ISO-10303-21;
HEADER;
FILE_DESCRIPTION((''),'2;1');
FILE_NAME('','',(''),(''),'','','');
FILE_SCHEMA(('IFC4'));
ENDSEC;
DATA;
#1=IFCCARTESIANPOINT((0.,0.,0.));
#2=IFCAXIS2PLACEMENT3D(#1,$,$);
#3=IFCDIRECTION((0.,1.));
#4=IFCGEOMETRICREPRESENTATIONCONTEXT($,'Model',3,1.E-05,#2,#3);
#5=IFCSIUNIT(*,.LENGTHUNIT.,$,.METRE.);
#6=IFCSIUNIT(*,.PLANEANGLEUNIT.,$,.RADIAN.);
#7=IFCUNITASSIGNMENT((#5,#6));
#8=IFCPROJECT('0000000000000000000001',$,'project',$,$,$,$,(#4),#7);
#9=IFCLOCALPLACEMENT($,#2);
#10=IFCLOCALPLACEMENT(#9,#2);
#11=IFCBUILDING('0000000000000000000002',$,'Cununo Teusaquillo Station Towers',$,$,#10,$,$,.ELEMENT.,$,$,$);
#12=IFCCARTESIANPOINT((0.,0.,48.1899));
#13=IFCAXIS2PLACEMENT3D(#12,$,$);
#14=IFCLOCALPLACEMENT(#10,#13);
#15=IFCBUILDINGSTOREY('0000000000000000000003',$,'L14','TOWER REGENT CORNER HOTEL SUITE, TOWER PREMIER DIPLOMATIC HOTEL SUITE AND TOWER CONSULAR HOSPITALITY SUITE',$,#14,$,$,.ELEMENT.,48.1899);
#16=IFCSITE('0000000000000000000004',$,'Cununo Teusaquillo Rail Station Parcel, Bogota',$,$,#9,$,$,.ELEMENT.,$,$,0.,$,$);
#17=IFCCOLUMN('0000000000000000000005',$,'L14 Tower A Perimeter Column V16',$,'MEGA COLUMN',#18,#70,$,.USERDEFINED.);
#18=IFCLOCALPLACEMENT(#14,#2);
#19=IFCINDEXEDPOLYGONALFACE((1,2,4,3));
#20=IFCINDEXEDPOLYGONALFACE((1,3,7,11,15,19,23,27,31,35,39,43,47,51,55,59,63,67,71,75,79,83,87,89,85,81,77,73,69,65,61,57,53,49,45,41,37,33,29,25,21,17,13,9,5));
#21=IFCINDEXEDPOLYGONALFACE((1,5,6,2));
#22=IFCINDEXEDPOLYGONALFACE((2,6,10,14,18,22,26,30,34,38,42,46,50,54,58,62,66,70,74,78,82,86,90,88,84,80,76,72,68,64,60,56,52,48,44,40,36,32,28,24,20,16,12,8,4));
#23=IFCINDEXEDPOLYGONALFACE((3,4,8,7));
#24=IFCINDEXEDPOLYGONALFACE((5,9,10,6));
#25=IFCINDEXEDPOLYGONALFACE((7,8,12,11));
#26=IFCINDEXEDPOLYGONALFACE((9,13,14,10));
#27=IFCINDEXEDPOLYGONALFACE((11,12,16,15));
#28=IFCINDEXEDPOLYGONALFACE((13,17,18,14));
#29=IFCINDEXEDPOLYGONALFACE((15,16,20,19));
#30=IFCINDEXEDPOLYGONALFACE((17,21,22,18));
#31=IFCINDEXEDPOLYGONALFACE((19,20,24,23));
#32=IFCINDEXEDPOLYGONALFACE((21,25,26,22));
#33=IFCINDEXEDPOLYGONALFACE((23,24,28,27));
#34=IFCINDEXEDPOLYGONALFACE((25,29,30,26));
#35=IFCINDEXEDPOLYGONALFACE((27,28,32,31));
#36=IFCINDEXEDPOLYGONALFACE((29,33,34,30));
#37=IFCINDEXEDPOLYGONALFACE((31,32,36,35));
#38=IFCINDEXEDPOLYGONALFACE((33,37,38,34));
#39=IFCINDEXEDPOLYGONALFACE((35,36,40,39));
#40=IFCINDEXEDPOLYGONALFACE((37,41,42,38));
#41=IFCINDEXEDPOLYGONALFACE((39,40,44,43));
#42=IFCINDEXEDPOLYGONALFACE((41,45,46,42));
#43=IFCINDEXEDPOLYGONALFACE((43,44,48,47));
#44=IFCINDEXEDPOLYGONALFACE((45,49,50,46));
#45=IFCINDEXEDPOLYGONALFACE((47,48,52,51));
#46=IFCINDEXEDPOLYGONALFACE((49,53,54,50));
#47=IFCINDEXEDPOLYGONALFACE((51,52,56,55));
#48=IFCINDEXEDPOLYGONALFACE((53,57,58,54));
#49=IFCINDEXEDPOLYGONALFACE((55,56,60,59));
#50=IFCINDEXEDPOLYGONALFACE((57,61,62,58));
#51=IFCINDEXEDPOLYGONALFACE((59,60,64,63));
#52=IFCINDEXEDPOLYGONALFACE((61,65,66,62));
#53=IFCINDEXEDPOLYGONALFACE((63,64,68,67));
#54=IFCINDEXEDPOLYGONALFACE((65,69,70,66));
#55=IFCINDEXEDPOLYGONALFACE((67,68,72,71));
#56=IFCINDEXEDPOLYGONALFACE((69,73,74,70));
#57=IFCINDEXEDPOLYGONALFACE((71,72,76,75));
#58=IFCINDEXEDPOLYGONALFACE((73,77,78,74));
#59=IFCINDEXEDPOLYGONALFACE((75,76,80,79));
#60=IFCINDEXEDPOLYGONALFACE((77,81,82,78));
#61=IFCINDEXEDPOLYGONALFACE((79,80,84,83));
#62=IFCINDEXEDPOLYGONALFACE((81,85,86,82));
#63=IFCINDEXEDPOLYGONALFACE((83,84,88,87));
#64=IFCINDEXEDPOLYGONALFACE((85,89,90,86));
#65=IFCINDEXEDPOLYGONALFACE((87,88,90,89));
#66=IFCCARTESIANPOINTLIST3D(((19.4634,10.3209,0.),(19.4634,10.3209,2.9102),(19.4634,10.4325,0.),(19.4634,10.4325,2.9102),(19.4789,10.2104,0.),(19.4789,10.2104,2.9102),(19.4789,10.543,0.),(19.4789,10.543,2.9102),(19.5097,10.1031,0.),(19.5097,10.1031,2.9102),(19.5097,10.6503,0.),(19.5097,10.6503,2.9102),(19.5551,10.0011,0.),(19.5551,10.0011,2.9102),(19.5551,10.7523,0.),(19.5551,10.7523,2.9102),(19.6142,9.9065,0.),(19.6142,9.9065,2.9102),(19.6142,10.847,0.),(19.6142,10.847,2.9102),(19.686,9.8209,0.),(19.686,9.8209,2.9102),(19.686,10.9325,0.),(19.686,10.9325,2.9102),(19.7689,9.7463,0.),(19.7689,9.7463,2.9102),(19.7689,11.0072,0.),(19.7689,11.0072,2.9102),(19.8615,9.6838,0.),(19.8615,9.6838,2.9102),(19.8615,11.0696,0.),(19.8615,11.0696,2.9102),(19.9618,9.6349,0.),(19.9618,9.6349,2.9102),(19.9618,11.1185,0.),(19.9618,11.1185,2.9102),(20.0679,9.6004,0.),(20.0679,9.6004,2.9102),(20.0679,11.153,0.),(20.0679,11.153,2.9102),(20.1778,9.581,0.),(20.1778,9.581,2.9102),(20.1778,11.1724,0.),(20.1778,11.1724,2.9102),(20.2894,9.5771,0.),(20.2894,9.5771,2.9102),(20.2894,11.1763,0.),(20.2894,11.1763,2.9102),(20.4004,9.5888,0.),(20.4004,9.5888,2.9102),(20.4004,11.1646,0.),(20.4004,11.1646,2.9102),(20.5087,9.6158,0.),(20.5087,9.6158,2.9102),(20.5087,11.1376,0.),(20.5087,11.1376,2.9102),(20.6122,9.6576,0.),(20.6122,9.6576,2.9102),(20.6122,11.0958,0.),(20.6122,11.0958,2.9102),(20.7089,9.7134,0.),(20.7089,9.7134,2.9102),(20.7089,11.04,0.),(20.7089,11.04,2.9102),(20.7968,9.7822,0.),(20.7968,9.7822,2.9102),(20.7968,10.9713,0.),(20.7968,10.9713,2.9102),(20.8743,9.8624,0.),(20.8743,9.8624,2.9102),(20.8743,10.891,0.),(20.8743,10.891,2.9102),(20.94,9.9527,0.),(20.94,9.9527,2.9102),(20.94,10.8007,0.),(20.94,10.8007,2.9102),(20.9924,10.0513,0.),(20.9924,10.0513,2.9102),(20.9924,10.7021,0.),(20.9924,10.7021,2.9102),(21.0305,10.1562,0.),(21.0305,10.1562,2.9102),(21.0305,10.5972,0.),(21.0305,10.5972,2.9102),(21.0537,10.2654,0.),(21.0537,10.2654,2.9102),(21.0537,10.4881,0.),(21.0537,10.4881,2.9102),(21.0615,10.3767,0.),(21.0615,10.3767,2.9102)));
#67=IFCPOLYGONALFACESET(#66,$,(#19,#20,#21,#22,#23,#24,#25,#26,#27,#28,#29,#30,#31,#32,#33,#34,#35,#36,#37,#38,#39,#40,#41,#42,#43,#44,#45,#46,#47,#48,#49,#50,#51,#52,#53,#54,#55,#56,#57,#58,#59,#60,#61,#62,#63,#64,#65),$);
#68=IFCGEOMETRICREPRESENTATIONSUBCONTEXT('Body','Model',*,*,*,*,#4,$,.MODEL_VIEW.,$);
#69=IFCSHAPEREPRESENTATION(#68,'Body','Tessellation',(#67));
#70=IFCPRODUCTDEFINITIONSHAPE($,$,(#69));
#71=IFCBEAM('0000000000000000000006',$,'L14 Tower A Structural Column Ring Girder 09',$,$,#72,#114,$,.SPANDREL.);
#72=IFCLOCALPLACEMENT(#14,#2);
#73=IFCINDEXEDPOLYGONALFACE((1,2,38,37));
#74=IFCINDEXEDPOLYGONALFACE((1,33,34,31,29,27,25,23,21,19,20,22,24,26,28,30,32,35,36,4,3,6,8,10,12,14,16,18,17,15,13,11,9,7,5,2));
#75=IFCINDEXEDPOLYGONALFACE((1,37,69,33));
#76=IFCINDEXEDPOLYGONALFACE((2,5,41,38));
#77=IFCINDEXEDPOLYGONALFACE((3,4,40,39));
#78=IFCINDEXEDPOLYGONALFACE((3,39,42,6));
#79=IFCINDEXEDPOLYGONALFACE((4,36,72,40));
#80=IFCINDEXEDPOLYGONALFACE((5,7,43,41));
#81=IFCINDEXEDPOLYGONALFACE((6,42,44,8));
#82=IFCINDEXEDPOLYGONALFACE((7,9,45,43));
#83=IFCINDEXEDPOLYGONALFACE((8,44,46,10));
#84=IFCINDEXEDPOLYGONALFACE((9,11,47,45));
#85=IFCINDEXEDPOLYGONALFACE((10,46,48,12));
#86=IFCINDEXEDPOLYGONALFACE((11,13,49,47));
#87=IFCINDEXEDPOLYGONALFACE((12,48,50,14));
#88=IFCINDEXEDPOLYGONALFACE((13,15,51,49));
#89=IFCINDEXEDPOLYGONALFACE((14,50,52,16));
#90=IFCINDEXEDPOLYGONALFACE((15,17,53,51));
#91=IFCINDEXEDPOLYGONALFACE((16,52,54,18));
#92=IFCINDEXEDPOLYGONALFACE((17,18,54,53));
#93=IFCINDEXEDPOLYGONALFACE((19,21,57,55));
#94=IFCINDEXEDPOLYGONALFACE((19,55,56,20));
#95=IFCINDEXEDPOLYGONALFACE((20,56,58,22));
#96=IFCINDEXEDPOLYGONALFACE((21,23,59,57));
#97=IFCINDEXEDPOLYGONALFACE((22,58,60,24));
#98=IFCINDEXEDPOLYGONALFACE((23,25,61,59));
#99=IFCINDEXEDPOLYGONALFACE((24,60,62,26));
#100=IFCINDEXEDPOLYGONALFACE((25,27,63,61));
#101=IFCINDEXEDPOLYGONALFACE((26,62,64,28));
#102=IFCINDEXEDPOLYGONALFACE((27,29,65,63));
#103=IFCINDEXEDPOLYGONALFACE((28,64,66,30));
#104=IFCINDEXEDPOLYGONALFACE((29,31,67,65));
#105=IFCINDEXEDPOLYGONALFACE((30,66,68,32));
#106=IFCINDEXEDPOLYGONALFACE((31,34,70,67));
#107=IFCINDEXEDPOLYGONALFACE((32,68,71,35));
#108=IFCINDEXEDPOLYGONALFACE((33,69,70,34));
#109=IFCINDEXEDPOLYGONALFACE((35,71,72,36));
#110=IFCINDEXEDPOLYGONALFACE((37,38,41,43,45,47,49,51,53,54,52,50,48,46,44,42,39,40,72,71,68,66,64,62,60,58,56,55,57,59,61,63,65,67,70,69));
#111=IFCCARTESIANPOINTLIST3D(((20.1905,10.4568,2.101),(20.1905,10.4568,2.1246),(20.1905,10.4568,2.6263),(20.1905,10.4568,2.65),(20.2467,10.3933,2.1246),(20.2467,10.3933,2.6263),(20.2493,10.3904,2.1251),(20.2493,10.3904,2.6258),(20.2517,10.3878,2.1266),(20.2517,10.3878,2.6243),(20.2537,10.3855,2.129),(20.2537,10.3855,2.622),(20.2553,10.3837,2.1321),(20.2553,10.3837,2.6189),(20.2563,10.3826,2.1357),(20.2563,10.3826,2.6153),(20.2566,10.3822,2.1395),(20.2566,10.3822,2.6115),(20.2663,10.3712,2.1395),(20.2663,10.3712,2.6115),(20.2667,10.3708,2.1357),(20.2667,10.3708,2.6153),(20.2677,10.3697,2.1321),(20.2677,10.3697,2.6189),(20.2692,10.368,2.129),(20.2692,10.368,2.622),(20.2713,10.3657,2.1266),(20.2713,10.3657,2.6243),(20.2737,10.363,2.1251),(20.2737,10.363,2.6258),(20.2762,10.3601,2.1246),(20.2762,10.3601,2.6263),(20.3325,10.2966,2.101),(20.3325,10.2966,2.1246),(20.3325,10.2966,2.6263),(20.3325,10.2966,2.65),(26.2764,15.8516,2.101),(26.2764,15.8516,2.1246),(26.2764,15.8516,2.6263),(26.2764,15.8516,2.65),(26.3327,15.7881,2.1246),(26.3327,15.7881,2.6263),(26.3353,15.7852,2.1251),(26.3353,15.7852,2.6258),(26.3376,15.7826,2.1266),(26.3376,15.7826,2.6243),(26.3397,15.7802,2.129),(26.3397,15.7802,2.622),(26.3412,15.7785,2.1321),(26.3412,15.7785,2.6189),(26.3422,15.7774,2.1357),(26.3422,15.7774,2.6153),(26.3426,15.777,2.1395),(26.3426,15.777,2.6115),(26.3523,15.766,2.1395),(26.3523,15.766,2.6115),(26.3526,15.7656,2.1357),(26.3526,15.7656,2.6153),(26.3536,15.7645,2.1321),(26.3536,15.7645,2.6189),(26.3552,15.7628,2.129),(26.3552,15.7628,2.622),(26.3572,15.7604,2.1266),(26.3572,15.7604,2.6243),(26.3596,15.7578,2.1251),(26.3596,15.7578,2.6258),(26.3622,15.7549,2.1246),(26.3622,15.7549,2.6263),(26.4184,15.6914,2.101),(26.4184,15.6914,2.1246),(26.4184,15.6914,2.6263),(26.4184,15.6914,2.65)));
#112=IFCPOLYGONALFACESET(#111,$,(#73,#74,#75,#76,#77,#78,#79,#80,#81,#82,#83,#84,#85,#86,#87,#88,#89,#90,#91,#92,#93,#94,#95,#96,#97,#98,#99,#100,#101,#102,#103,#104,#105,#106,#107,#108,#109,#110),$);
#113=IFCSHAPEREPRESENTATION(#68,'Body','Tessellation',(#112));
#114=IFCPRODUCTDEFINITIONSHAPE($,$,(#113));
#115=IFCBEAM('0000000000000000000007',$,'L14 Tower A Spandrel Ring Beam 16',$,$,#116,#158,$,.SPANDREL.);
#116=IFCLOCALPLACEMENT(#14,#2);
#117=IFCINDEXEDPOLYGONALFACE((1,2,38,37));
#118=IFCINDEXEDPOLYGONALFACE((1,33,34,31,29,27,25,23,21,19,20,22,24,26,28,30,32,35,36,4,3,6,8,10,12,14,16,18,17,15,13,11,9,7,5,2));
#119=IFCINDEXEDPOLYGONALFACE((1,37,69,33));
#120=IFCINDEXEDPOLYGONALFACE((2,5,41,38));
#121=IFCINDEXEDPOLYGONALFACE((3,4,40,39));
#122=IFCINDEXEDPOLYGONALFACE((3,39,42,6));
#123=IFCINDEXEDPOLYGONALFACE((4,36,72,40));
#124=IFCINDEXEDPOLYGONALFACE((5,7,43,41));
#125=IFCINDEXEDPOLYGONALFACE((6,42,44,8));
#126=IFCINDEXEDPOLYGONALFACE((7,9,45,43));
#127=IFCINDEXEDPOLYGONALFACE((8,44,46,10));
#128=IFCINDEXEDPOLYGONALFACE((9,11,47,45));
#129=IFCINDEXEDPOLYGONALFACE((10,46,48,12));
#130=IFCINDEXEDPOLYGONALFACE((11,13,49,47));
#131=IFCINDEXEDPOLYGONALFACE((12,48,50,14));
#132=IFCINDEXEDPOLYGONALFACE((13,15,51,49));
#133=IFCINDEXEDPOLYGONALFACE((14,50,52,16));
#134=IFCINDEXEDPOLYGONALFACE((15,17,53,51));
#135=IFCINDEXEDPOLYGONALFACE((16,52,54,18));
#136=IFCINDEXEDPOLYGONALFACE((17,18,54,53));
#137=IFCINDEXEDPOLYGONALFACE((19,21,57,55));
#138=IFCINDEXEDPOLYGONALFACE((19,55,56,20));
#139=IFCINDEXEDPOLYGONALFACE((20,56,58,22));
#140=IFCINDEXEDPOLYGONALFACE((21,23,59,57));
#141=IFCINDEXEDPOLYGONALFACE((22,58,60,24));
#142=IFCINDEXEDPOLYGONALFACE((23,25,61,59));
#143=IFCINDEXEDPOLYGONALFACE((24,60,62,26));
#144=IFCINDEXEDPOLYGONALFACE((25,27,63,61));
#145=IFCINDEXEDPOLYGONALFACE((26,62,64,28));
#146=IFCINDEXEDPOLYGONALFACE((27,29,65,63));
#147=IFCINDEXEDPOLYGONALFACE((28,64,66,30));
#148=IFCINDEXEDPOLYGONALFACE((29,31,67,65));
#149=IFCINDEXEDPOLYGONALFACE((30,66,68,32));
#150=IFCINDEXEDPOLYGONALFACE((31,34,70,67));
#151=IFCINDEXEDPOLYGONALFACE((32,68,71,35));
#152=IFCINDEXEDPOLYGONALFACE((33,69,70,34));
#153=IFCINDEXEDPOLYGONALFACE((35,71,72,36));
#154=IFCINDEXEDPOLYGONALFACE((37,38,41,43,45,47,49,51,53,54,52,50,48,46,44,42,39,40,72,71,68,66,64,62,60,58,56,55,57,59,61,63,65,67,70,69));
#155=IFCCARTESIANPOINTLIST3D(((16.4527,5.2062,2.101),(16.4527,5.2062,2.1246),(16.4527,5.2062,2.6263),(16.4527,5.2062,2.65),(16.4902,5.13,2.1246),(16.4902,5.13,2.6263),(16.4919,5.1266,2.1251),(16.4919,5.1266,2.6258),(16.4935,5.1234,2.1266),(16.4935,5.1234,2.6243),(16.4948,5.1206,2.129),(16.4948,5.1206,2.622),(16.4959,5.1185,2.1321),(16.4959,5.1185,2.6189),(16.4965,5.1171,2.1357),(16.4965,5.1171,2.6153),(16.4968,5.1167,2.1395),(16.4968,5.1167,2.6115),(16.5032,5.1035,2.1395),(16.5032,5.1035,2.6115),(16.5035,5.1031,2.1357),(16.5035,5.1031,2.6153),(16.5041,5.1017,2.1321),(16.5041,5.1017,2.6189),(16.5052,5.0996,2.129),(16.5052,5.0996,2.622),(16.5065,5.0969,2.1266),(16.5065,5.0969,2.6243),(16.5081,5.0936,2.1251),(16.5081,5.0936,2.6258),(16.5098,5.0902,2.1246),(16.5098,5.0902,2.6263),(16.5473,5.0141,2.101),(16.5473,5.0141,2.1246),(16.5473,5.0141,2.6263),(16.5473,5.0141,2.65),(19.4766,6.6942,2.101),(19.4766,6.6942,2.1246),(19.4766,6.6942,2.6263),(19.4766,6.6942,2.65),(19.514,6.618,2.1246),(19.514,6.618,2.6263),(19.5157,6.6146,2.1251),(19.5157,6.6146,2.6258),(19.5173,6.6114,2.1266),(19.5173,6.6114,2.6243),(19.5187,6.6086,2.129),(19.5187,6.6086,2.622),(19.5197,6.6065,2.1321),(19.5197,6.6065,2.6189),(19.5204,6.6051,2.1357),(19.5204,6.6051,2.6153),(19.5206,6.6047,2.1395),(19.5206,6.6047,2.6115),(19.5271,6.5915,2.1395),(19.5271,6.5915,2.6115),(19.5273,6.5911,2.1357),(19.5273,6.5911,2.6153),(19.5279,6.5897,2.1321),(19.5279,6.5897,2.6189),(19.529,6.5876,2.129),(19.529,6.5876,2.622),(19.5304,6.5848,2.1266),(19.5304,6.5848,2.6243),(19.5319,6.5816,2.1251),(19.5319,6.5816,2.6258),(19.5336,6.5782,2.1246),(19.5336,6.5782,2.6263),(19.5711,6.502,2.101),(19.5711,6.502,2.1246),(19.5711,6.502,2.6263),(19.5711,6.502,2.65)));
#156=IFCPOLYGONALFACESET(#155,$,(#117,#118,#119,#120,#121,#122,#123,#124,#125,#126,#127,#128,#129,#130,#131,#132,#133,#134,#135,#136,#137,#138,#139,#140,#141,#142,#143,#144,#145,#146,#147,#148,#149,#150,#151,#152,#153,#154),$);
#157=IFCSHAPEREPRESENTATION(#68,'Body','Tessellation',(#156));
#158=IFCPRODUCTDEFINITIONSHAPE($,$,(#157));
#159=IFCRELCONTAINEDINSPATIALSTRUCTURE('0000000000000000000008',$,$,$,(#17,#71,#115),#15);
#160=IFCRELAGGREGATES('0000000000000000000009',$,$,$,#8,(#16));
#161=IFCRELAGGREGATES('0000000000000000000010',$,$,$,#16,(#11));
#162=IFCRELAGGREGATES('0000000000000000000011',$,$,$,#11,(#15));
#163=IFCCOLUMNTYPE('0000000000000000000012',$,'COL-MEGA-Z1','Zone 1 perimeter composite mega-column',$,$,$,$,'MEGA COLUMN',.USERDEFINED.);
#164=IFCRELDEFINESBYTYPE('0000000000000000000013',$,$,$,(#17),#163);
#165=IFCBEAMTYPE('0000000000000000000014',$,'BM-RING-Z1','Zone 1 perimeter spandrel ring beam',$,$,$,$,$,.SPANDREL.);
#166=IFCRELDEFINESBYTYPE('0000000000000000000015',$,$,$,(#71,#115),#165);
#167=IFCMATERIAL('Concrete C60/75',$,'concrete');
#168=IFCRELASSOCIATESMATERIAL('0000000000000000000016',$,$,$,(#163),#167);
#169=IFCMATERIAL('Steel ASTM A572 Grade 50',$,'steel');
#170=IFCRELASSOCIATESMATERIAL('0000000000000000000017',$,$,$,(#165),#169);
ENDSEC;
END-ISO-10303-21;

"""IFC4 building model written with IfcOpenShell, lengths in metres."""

from ifc_helpers import new_model, si_unit, direction, frame, origin, origin_2d, place, context, subcontext, project, spatial, circle, i_section, extrude, material, material_profile, profile_set, type_object, element, save


model = new_model("IFC4")

# Units and contexts
model_context = context("Model", 3, precision=1e-05, world=origin(), true_north=direction((0.0, 1.0)))
body_context = subcontext(model_context, "Body", "Model", "MODEL_VIEW")
ifc_project = project(units=[si_unit("LENGTHUNIT", "METRE"), si_unit("PLANEANGLEUNIT", "RADIAN")], contexts=[model_context])

# Site, building, storey
site_placement = place(None, origin())
site = spatial("IfcSite", under=ifc_project, at=site_placement, Name="Cununo Teusaquillo Rail Station Parcel, Bogota", CompositionType="ELEMENT", RefElevation=0.0)
building_placement = place(site_placement, origin())
building = spatial("IfcBuilding", under=site, at=building_placement, Name="Cununo Teusaquillo Station Towers", CompositionType="ELEMENT")
storey_placement = place(building_placement, frame((0.0, 0.0, 48.1899)))
storey = spatial("IfcBuildingStorey", under=building, at=storey_placement, Name="L14", Description="TOWER REGENT CORNER HOTEL SUITE, TOWER PREMIER DIPLOMATIC HOTEL SUITE AND TOWER CONSULAR HOSPITALITY SUITE", CompositionType="ELEMENT", Elevation=48.1899)

# Column
ifc_material_1 = material(Name="Concrete C60/75", Category="concrete")
ifc_material_profile_1 = material_profile(ifc_material_1, circle(Radius=0.8, at=origin_2d()), Name="RC-CIRC-1600")
ifc_profile_set_1 = profile_set([ifc_material_profile_1], Name="Concrete C60/75")
column_type = type_object("IfcColumnType", Name="COL-MEGA-Z1", Description="Zone 1 perimeter composite mega-column", ElementType="MEGA COLUMN", PredefinedType="USERDEFINED", material=ifc_profile_set_1)
column_placement = place(storey_placement, frame((20.2615, 10.3767, 0.0), z_axis=(0.0, 0.0, 1.0), x_axis=(1.0, 0.0, 0.0)))
element("IfcColumn", 1, at=column_placement, inside=storey, type_object=column_type, Name="L14 Tower A Perimeter Column V16", ObjectType="MEGA COLUMN", PredefinedType="USERDEFINED", context=body_context, shape_type="SweptSolid", body=[
    extrude(circle(Radius=0.8, at=origin_2d()), origin(), (0.0, 0.0, 1.0), 2.9102),
])

# Beams
ifc_material_2 = material(Name="Steel ASTM A572 Grade 50", Category="steel")
ifc_material_profile_2 = material_profile(ifc_material_2, i_section(OverallWidth=0.2141, OverallDepth=0.5491, WebThickness=0.0146, FlangeThickness=0.0237, FilletRadius=0.0149, at=origin_2d()), Name="W21X93")
ifc_profile_set_2 = profile_set([ifc_material_profile_2], Name="Steel ASTM A572 Grade 50")
beam_type_1 = type_object("IfcBeamType", Name="BM-RING-Z1", Description="Zone 1 perimeter spandrel ring beam", PredefinedType="SPANDREL", material=ifc_profile_set_2)
beam_1_placement = place(storey_placement, frame((20.2615, 10.3767, 2.3755), z_axis=(0.748321, 0.663337, 0.0), x_axis=(-0.663337, 0.748321, 0.0)))
element("IfcBeam", 2, at=beam_1_placement, inside=storey, type_object=beam_type_1, Name="L14 Tower A Structural Column Ring Girder 09", PredefinedType="SPANDREL", context=body_context, shape_type="SweptSolid", body=[
    extrude(i_section(OverallWidth=0.2141, OverallDepth=0.5491, WebThickness=0.0146, FlangeThickness=0.0237, FilletRadius=0.0149, at=origin_2d()), origin(), (0.0, 0.0, 1.0), 8.1328),
])
beam_2_placement = place(storey_placement, frame((16.5, 5.1101, 2.3755), z_axis=(0.897249, 0.441525, 0.0), x_axis=(-0.441525, 0.897249, 0.0)))
element("IfcBeam", 3, at=beam_2_placement, inside=storey, type_object=beam_type_1, Name="L14 Tower A Spandrel Ring Beam 16", PredefinedType="SPANDREL", context=body_context, shape_type="SweptSolid", body=[
    extrude(i_section(OverallWidth=0.2141, OverallDepth=0.5491, WebThickness=0.0146, FlangeThickness=0.0237, FilletRadius=0.0149, at=origin_2d()), origin(), (0.0, 0.0, 1.0), 3.3701),
])

save(model, "model.ifc")
